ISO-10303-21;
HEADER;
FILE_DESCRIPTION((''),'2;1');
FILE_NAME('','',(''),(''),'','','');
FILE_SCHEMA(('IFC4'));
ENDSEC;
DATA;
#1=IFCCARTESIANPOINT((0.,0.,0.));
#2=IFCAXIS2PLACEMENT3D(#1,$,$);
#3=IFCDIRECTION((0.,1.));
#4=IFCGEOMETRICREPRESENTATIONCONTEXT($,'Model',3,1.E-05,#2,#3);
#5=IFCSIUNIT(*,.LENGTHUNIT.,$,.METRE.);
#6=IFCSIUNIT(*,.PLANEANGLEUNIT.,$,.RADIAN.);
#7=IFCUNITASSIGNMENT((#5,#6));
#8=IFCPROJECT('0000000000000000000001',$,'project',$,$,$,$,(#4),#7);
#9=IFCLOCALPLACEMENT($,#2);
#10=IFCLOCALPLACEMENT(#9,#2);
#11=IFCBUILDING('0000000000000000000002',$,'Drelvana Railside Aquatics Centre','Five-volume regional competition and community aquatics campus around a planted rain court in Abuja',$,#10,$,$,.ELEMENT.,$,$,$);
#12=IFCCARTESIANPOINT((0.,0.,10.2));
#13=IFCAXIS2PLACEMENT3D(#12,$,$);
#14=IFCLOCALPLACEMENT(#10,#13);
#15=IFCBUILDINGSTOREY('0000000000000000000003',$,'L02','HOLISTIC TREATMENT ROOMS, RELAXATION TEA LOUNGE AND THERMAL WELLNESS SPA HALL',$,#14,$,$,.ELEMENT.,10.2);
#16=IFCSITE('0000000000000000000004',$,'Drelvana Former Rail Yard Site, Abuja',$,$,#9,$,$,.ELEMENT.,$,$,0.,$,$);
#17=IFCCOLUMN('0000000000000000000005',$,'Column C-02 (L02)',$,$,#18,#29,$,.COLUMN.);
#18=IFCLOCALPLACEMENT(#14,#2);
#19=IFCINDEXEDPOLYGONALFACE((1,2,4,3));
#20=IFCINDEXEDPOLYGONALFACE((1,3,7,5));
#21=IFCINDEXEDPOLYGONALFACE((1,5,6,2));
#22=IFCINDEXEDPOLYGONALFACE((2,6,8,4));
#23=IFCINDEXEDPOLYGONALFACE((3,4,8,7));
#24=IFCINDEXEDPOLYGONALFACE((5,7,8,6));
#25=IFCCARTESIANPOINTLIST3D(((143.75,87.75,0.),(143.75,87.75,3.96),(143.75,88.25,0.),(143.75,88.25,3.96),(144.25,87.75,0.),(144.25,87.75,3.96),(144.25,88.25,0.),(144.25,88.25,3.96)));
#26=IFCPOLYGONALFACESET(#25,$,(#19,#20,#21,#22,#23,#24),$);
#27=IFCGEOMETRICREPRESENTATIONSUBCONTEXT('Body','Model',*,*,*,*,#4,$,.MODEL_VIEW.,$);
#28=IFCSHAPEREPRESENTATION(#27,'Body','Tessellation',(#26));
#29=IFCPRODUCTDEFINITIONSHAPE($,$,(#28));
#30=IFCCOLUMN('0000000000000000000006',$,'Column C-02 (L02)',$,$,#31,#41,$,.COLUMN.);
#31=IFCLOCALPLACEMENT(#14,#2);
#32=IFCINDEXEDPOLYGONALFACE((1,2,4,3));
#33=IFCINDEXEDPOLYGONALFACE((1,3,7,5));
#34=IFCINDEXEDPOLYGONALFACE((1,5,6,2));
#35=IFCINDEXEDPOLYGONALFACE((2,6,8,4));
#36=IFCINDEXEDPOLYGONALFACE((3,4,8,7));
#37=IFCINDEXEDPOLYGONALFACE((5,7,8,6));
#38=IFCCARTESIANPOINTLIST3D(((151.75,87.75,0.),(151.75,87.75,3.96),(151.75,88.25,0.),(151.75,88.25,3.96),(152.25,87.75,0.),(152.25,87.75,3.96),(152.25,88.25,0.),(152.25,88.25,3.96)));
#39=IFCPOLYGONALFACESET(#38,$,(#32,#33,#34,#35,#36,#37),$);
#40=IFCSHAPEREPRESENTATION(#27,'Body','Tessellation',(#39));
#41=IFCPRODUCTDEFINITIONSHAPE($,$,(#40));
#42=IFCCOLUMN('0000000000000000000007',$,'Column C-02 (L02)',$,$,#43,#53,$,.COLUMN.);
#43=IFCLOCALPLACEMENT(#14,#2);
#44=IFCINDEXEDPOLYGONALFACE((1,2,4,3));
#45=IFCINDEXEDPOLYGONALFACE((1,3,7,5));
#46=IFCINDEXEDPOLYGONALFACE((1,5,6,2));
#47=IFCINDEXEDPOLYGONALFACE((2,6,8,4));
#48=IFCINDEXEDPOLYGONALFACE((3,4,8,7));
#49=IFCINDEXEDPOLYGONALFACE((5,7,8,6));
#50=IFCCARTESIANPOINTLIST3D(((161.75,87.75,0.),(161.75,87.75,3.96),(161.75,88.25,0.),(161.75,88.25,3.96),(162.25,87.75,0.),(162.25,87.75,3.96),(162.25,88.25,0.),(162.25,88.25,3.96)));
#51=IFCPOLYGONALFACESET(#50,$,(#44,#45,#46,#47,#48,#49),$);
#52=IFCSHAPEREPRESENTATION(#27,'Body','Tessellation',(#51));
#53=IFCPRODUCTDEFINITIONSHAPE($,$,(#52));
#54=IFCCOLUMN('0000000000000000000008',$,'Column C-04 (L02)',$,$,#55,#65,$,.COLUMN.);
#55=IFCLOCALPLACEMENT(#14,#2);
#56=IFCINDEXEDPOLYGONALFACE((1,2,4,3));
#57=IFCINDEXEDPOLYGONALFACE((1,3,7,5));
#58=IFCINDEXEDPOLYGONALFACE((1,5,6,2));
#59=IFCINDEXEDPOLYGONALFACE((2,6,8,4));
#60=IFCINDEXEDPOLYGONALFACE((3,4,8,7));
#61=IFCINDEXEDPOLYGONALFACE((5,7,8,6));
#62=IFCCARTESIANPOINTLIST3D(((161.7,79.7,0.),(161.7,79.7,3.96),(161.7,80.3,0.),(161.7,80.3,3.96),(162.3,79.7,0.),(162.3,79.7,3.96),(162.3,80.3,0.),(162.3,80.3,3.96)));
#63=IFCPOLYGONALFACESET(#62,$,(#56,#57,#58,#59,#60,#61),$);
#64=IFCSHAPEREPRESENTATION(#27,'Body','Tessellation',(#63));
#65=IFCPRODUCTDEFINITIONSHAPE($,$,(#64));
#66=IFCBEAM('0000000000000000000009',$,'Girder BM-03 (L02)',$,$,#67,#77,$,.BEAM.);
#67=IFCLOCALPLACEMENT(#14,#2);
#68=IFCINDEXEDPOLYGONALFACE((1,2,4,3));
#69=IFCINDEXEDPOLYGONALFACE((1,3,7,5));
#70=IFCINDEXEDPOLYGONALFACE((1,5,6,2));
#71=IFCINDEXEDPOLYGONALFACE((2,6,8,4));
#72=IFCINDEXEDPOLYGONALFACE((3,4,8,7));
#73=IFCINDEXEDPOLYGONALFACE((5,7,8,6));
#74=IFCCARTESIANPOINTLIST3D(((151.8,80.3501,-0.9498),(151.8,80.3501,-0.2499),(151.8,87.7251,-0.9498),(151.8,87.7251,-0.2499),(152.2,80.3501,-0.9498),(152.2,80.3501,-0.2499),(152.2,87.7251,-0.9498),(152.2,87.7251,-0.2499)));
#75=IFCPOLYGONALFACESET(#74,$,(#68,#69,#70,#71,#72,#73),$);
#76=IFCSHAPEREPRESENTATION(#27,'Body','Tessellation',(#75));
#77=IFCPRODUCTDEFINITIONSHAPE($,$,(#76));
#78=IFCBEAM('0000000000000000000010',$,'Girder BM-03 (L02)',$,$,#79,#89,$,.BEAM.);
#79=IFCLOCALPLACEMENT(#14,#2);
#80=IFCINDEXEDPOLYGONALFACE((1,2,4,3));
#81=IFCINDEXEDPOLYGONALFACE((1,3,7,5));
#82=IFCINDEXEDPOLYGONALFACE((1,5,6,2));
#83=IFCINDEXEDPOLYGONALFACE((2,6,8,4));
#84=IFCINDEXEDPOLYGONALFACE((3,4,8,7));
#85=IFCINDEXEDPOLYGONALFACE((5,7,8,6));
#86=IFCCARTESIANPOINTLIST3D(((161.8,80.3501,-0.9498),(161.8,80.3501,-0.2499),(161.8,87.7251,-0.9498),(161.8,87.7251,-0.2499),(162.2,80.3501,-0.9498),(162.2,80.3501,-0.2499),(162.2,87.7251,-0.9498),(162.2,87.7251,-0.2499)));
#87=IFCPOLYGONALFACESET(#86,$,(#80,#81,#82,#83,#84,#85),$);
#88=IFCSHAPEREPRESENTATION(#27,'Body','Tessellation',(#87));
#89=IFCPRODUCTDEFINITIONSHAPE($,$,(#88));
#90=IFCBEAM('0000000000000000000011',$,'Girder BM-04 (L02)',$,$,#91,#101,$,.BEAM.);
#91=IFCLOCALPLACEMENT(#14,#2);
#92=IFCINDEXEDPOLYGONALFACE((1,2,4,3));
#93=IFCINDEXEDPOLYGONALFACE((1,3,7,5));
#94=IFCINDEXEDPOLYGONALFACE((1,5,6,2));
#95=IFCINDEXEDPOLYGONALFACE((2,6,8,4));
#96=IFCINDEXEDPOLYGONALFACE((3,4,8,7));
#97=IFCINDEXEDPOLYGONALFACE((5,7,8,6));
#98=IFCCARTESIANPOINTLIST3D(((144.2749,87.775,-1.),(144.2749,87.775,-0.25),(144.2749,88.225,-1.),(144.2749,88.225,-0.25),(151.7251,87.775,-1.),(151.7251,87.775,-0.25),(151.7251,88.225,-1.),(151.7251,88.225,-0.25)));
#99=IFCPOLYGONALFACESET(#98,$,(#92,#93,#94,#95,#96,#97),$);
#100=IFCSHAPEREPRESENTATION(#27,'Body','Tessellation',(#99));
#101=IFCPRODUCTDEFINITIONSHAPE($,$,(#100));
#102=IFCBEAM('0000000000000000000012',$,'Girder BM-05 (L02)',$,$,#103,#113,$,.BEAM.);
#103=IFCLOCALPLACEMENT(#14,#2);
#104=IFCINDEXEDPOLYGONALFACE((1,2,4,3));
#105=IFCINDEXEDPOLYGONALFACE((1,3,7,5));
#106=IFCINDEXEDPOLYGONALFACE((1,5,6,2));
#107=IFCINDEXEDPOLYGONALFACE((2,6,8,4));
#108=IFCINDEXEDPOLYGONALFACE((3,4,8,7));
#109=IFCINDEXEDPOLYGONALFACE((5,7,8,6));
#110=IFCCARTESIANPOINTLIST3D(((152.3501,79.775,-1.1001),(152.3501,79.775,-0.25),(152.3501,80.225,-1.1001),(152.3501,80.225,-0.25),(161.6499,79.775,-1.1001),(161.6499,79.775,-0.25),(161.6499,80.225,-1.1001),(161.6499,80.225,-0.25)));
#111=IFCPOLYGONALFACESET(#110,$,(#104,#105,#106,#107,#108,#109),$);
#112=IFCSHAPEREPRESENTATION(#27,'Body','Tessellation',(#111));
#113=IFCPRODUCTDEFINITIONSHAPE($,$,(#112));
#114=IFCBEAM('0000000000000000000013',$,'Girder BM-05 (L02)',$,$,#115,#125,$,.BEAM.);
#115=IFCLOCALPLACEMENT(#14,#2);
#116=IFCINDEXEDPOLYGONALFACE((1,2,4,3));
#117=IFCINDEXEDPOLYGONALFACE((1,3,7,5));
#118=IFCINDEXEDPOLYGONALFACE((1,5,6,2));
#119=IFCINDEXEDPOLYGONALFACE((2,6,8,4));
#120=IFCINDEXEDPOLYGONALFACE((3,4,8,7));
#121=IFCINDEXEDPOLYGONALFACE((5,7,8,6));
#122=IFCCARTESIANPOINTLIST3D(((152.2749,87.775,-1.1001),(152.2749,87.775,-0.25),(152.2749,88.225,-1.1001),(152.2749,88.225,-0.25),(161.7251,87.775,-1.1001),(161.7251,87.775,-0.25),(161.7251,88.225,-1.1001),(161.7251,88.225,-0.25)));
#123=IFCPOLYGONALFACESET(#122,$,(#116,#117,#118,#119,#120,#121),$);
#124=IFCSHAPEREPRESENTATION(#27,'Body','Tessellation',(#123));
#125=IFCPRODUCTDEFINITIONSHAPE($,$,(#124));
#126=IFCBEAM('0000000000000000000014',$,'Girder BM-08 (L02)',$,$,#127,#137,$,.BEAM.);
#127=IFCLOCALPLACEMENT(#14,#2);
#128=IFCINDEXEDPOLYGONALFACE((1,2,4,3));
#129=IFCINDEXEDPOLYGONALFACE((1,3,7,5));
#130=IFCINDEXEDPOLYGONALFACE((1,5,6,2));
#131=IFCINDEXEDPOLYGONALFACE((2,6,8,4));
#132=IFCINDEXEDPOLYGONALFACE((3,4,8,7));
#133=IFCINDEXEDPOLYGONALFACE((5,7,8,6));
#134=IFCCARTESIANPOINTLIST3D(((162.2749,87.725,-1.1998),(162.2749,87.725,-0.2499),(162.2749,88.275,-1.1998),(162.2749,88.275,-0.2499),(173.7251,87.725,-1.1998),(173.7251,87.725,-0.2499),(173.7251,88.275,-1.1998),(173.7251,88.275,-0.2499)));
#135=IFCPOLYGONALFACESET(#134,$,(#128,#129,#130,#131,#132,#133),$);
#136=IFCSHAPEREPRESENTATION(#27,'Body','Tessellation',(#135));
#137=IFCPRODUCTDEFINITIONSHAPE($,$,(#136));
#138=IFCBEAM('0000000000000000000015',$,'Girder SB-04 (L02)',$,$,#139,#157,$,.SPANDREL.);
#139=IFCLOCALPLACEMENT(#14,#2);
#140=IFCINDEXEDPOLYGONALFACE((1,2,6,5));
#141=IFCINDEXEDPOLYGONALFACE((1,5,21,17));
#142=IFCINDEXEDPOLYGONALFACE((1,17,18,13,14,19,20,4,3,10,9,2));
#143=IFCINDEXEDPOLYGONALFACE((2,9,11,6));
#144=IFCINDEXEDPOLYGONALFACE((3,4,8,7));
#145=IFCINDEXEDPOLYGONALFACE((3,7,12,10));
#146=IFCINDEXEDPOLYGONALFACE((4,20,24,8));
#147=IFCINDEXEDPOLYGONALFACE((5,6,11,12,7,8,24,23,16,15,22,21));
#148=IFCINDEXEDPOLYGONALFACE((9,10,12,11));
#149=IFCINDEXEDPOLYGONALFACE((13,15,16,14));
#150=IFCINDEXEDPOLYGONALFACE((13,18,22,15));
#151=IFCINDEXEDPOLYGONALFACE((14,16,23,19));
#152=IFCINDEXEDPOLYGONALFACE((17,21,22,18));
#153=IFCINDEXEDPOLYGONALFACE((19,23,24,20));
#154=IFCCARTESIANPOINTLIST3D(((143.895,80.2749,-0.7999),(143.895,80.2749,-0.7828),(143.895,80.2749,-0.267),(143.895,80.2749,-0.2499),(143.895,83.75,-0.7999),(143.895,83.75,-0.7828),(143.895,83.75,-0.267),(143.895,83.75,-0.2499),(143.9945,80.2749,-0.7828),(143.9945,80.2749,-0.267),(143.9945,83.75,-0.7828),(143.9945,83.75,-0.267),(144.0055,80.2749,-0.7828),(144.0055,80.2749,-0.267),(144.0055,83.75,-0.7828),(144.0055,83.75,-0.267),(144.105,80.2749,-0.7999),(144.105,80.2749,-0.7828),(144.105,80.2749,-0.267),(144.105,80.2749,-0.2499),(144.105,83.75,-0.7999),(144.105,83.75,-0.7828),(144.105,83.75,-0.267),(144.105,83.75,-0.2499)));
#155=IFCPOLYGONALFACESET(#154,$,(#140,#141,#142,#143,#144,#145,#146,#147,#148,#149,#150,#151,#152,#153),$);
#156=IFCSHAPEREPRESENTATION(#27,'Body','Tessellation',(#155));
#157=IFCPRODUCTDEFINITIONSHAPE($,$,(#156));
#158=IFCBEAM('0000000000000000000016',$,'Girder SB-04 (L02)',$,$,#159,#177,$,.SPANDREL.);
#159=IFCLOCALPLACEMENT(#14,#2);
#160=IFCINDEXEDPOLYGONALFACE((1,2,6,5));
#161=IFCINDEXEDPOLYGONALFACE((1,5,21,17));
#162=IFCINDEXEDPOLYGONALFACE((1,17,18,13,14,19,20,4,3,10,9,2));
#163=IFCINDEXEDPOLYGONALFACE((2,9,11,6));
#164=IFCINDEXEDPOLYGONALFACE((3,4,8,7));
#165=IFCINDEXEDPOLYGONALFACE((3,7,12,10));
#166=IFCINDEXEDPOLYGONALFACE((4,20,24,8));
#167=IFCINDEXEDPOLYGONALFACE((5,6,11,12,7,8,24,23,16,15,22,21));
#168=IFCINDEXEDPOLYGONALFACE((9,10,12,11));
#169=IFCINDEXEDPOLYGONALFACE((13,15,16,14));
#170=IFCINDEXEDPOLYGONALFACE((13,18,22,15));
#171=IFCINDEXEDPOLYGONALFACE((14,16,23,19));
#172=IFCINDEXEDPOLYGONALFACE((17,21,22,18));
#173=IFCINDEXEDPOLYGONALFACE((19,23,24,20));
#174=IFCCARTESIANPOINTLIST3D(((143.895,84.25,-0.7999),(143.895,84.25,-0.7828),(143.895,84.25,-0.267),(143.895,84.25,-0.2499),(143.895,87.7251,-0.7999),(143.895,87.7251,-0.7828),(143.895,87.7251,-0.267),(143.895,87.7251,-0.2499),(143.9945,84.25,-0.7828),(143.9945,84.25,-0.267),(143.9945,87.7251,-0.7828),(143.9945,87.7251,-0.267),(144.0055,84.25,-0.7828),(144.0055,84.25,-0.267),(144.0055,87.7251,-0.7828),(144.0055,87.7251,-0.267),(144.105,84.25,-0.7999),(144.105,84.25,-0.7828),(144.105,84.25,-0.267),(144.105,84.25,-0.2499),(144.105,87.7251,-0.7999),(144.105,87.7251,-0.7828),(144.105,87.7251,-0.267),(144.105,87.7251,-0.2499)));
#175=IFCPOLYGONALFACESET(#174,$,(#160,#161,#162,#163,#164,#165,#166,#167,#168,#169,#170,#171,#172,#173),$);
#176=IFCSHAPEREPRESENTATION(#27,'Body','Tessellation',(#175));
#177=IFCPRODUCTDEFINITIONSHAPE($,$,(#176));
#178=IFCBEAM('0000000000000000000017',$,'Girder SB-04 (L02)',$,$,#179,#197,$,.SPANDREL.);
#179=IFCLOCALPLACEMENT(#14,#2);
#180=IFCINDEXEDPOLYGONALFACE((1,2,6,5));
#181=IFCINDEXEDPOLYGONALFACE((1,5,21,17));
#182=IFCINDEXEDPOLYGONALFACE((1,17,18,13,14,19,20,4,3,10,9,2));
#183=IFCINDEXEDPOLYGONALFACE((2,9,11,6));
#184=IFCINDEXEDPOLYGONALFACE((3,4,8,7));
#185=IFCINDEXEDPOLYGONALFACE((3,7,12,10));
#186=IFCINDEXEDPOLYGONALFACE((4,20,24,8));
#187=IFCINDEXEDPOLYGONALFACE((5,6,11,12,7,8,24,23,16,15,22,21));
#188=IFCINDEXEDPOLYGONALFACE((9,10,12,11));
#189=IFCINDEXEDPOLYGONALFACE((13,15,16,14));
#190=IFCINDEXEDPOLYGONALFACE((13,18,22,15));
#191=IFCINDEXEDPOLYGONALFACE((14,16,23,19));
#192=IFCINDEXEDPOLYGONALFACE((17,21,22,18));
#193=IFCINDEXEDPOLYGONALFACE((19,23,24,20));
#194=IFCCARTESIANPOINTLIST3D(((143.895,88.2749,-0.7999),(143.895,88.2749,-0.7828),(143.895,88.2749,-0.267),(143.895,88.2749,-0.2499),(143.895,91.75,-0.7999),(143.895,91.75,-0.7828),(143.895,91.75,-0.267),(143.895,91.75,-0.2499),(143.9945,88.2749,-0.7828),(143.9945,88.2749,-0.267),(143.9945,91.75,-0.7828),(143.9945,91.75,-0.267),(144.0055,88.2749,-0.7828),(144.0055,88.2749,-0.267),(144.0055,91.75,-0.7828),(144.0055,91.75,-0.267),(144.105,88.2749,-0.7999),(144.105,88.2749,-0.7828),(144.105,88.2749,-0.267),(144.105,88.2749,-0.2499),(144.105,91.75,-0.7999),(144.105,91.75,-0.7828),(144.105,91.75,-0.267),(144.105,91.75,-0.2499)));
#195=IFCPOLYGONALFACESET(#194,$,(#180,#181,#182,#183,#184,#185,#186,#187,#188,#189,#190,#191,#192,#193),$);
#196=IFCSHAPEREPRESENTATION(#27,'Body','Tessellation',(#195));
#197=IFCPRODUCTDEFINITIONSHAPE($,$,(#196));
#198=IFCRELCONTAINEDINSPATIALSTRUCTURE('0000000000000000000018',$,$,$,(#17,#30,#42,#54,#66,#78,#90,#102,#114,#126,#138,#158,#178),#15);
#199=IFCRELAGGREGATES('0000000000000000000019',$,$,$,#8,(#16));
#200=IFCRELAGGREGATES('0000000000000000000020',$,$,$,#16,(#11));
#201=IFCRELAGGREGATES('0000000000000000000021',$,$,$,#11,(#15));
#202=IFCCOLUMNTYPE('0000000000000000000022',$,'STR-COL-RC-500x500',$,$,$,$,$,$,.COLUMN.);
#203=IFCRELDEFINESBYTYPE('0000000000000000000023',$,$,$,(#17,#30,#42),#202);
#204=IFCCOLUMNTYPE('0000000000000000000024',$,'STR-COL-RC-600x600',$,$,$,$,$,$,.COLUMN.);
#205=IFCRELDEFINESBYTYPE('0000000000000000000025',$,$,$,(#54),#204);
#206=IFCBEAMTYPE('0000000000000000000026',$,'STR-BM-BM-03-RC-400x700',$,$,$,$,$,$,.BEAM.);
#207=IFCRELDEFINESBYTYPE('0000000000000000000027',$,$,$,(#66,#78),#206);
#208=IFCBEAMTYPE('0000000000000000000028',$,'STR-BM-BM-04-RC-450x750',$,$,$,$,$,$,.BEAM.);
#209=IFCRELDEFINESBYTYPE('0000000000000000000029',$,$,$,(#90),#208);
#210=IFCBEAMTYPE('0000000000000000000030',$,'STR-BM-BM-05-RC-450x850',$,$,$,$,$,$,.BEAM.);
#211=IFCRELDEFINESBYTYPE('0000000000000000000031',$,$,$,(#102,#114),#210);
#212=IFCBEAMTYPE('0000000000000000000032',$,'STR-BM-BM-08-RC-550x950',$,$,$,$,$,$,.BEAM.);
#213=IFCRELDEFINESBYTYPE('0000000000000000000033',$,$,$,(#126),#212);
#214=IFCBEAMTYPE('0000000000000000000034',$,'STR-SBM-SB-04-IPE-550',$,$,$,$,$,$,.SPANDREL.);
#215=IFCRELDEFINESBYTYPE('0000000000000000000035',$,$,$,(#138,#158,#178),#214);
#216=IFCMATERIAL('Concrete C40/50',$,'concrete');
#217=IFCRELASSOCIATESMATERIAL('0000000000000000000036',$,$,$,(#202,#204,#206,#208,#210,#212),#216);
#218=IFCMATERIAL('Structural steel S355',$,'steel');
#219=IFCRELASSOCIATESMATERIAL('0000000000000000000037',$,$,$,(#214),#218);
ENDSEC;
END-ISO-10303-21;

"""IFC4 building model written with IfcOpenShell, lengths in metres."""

from ifc_helpers import new_model, si_unit, direction, frame, origin, origin_2d, place, context, subcontext, project, spatial, rectangle, i_section, extrude, material, material_profile, profile_set, type_object, element, save


model = new_model("IFC4")

# Units and contexts
model_context = context("Model", 3, precision=1e-05, world=origin(), true_north=direction((0.0, 1.0)))
body_context = subcontext(model_context, "Body", "Model", "MODEL_VIEW")
ifc_project = project(units=[si_unit("LENGTHUNIT", "METRE"), si_unit("PLANEANGLEUNIT", "RADIAN")], contexts=[model_context])

# Site, building, storey
site_placement = place(None, origin())
site = spatial("IfcSite", under=ifc_project, at=site_placement, Name="Drelvana Former Rail Yard Site, Abuja", CompositionType="ELEMENT", RefElevation=0.0)
building_placement = place(site_placement, origin())
building = spatial("IfcBuilding", under=site, at=building_placement, Name="Drelvana Railside Aquatics Centre", Description="Five-volume regional competition and community aquatics campus around a planted rain court in Abuja", CompositionType="ELEMENT")
storey_placement = place(building_placement, frame((0.0, 0.0, 10.2)))
storey = spatial("IfcBuildingStorey", under=building, at=storey_placement, Name="L02", Description="HOLISTIC TREATMENT ROOMS, RELAXATION TEA LOUNGE AND THERMAL WELLNESS SPA HALL", CompositionType="ELEMENT", Elevation=10.2)

# Columns
ifc_material_1 = material(Name="Concrete C40/50", Category="concrete")
ifc_material_profile_1 = material_profile(ifc_material_1, rectangle(XDim=0.5, YDim=0.5, at=origin_2d()), Name="RC 500x500")
ifc_profile_set_1 = profile_set([ifc_material_profile_1], Name="Concrete C40/50")
column_type_1 = type_object("IfcColumnType", Name="STR-COL-RC-500x500", PredefinedType="COLUMN", material=ifc_profile_set_1)
for number, where, z_axis, x_axis, name in (
    (1, (144.0, 88.0, 0.0), (0.0, 0.0, 1.0), (1.0, 0.0, 0.0), "Column C-02 (L02)"),
    (2, (152.0, 88.0, 0.0), (0.0, 0.0, 1.0), (1.0, 0.0, 0.0), "Column C-02 (L02)"),
    (3, (162.0, 88.0, 0.0), (0.0, 0.0, 1.0), (1.0, 0.0, 0.0), "Column C-02 (L02)"),
):
    element("IfcColumn", number, at=place(storey_placement, frame(where, z_axis=z_axis, x_axis=x_axis)), inside=storey, type_object=column_type_1, Name=name, PredefinedType="COLUMN", context=body_context, shape_type="SweptSolid", body=[
        extrude(rectangle(XDim=0.5, YDim=0.5, at=origin_2d()), origin(), (0.0, 0.0, 1.0), 3.96),
    ])
ifc_material_profile_2 = material_profile(ifc_material_1, rectangle(XDim=0.6001, YDim=0.6001, at=origin_2d()), Name="RC 600x600")
ifc_profile_set_2 = profile_set([ifc_material_profile_2], Name="Concrete C40/50")
column_type_2 = type_object("IfcColumnType", Name="STR-COL-RC-600x600", PredefinedType="COLUMN", material=ifc_profile_set_2)
column_placement = place(storey_placement, frame((162.0, 80.0, 0.0), z_axis=(0.0, 0.0, 1.0), x_axis=(1.0, 0.0, 0.0)))
element("IfcColumn", 4, at=column_placement, inside=storey, type_object=column_type_2, Name="Column C-04 (L02)", PredefinedType="COLUMN", context=body_context, shape_type="SweptSolid", body=[
    extrude(rectangle(XDim=0.6001, YDim=0.6001, at=origin_2d()), origin(), (0.0, 0.0, 1.0), 3.96),
])

# Beams
ifc_material_profile_3 = material_profile(ifc_material_1, rectangle(XDim=0.3999, YDim=0.7, at=origin_2d()), Name="RC 400x700")
ifc_profile_set_3 = profile_set([ifc_material_profile_3], Name="Concrete C40/50")
beam_type_1 = type_object("IfcBeamType", Name="STR-BM-BM-03-RC-400x700", PredefinedType="BEAM", material=ifc_profile_set_3)
for number, where, z_axis, x_axis, name in (
    (5, (152.0, 80.3501, -0.5999), (0.0, 1.0, 0.0), (-1.0, 0.0, 0.0), "Girder BM-03 (L02)"),
    (6, (162.0, 80.3501, -0.5999), (0.0, 1.0, 0.0), (-1.0, 0.0, 0.0), "Girder BM-03 (L02)"),
):
    element("IfcBeam", number, at=place(storey_placement, frame(where, z_axis=z_axis, x_axis=x_axis)), inside=storey, type_object=beam_type_1, Name=name, PredefinedType="BEAM", context=body_context, shape_type="SweptSolid", body=[
        extrude(rectangle(XDim=0.3999, YDim=0.7, at=origin_2d()), origin(), (0.0, 0.0, 1.0), 7.375),
    ])
ifc_material_profile_4 = material_profile(ifc_material_1, rectangle(XDim=0.45, YDim=0.75, at=origin_2d()), Name="RC 450x750")
ifc_profile_set_4 = profile_set([ifc_material_profile_4], Name="Concrete C40/50")
beam_type_2 = type_object("IfcBeamType", Name="STR-BM-BM-04-RC-450x750", PredefinedType="BEAM", material=ifc_profile_set_4)
beam_1_placement = place(storey_placement, frame((144.2749, 88.0, -0.625), z_axis=(1.0, 0.0, 0.0), x_axis=(0.0, 1.0, 0.0)))
element("IfcBeam", 7, at=beam_1_placement, inside=storey, type_object=beam_type_2, Name="Girder BM-04 (L02)", PredefinedType="BEAM", context=body_context, shape_type="SweptSolid", body=[
    extrude(rectangle(XDim=0.45, YDim=0.75, at=origin_2d()), origin(), (0.0, 0.0, 1.0), 7.4502),
])
ifc_material_profile_5 = material_profile(ifc_material_1, rectangle(XDim=0.45, YDim=0.8501, at=origin_2d()), Name="RC 450x850")
ifc_profile_set_5 = profile_set([ifc_material_profile_5], Name="Concrete C40/50")
beam_type_3 = type_object("IfcBeamType", Name="STR-BM-BM-05-RC-450x850", PredefinedType="BEAM", material=ifc_profile_set_5)
beam_2_placement = place(storey_placement, frame((152.3501, 80.0, -0.675), z_axis=(1.0, 0.0, 0.0), x_axis=(0.0, 1.0, 0.0)))
element("IfcBeam", 8, at=beam_2_placement, inside=storey, type_object=beam_type_3, Name="Girder BM-05 (L02)", PredefinedType="BEAM", context=body_context, shape_type="SweptSolid", body=[
    extrude(rectangle(XDim=0.45, YDim=0.8501, at=origin_2d()), origin(), (0.0, 0.0, 1.0), 9.2998),
])
beam_3_placement = place(storey_placement, frame((152.2749, 88.0, -0.675), z_axis=(1.0, 0.0, 0.0), x_axis=(0.0, 1.0, 0.0)))
element("IfcBeam", 9, at=beam_3_placement, inside=storey, type_object=beam_type_3, Name="Girder BM-05 (L02)", PredefinedType="BEAM", context=body_context, shape_type="SweptSolid", body=[
    extrude(rectangle(XDim=0.45, YDim=0.8501, at=origin_2d()), origin(), (0.0, 0.0, 1.0), 9.4502),
])
ifc_material_profile_6 = material_profile(ifc_material_1, rectangle(XDim=0.55, YDim=0.95, at=origin_2d()), Name="RC 550x950")
ifc_profile_set_6 = profile_set([ifc_material_profile_6], Name="Concrete C40/50")
beam_type_4 = type_object("IfcBeamType", Name="STR-BM-BM-08-RC-550x950", PredefinedType="BEAM", material=ifc_profile_set_6)
beam_4_placement = place(storey_placement, frame((162.2749, 88.0, -0.7249), z_axis=(1.0, 0.0, 0.0), x_axis=(0.0, 1.0, 0.0)))
element("IfcBeam", 10, at=beam_4_placement, inside=storey, type_object=beam_type_4, Name="Girder BM-08 (L02)", PredefinedType="BEAM", context=body_context, shape_type="SweptSolid", body=[
    extrude(rectangle(XDim=0.55, YDim=0.95, at=origin_2d()), origin(), (0.0, 0.0, 1.0), 11.4502),
])
ifc_material_2 = material(Name="Structural steel S355", Category="steel")
ifc_material_profile_7 = material_profile(ifc_material_2, i_section(OverallWidth=0.21, OverallDepth=0.55, WebThickness=0.011, FlangeThickness=0.0171, at=origin_2d()), Name="IPE 550")
ifc_profile_set_7 = profile_set([ifc_material_profile_7], Name="Structural steel S355")
beam_type_5 = type_object("IfcBeamType", Name="STR-SBM-SB-04-IPE-550", PredefinedType="SPANDREL", material=ifc_profile_set_7)
for number, where, z_axis, x_axis, name in (
    (11, (144.0, 80.2749, -0.5249), (0.0, 1.0, 0.0), (-1.0, 0.0, 0.0), "Girder SB-04 (L02)"),
    (12, (144.0, 84.25, -0.5249), (0.0, 1.0, 0.0), (-1.0, 0.0, 0.0), "Girder SB-04 (L02)"),
    (13, (144.0, 88.2749, -0.5249), (0.0, 1.0, 0.0), (-1.0, 0.0, 0.0), "Girder SB-04 (L02)"),
):
    element("IfcBeam", number, at=place(storey_placement, frame(where, z_axis=z_axis, x_axis=x_axis)), inside=storey, type_object=beam_type_5, Name=name, PredefinedType="SPANDREL", context=body_context, shape_type="SweptSolid", body=[
        extrude(i_section(OverallWidth=0.21, OverallDepth=0.55, WebThickness=0.011, FlangeThickness=0.0171, at=origin_2d()), origin(), (0.0, 0.0, 1.0), 3.4751),
    ])

save(model, "model.ifc")
